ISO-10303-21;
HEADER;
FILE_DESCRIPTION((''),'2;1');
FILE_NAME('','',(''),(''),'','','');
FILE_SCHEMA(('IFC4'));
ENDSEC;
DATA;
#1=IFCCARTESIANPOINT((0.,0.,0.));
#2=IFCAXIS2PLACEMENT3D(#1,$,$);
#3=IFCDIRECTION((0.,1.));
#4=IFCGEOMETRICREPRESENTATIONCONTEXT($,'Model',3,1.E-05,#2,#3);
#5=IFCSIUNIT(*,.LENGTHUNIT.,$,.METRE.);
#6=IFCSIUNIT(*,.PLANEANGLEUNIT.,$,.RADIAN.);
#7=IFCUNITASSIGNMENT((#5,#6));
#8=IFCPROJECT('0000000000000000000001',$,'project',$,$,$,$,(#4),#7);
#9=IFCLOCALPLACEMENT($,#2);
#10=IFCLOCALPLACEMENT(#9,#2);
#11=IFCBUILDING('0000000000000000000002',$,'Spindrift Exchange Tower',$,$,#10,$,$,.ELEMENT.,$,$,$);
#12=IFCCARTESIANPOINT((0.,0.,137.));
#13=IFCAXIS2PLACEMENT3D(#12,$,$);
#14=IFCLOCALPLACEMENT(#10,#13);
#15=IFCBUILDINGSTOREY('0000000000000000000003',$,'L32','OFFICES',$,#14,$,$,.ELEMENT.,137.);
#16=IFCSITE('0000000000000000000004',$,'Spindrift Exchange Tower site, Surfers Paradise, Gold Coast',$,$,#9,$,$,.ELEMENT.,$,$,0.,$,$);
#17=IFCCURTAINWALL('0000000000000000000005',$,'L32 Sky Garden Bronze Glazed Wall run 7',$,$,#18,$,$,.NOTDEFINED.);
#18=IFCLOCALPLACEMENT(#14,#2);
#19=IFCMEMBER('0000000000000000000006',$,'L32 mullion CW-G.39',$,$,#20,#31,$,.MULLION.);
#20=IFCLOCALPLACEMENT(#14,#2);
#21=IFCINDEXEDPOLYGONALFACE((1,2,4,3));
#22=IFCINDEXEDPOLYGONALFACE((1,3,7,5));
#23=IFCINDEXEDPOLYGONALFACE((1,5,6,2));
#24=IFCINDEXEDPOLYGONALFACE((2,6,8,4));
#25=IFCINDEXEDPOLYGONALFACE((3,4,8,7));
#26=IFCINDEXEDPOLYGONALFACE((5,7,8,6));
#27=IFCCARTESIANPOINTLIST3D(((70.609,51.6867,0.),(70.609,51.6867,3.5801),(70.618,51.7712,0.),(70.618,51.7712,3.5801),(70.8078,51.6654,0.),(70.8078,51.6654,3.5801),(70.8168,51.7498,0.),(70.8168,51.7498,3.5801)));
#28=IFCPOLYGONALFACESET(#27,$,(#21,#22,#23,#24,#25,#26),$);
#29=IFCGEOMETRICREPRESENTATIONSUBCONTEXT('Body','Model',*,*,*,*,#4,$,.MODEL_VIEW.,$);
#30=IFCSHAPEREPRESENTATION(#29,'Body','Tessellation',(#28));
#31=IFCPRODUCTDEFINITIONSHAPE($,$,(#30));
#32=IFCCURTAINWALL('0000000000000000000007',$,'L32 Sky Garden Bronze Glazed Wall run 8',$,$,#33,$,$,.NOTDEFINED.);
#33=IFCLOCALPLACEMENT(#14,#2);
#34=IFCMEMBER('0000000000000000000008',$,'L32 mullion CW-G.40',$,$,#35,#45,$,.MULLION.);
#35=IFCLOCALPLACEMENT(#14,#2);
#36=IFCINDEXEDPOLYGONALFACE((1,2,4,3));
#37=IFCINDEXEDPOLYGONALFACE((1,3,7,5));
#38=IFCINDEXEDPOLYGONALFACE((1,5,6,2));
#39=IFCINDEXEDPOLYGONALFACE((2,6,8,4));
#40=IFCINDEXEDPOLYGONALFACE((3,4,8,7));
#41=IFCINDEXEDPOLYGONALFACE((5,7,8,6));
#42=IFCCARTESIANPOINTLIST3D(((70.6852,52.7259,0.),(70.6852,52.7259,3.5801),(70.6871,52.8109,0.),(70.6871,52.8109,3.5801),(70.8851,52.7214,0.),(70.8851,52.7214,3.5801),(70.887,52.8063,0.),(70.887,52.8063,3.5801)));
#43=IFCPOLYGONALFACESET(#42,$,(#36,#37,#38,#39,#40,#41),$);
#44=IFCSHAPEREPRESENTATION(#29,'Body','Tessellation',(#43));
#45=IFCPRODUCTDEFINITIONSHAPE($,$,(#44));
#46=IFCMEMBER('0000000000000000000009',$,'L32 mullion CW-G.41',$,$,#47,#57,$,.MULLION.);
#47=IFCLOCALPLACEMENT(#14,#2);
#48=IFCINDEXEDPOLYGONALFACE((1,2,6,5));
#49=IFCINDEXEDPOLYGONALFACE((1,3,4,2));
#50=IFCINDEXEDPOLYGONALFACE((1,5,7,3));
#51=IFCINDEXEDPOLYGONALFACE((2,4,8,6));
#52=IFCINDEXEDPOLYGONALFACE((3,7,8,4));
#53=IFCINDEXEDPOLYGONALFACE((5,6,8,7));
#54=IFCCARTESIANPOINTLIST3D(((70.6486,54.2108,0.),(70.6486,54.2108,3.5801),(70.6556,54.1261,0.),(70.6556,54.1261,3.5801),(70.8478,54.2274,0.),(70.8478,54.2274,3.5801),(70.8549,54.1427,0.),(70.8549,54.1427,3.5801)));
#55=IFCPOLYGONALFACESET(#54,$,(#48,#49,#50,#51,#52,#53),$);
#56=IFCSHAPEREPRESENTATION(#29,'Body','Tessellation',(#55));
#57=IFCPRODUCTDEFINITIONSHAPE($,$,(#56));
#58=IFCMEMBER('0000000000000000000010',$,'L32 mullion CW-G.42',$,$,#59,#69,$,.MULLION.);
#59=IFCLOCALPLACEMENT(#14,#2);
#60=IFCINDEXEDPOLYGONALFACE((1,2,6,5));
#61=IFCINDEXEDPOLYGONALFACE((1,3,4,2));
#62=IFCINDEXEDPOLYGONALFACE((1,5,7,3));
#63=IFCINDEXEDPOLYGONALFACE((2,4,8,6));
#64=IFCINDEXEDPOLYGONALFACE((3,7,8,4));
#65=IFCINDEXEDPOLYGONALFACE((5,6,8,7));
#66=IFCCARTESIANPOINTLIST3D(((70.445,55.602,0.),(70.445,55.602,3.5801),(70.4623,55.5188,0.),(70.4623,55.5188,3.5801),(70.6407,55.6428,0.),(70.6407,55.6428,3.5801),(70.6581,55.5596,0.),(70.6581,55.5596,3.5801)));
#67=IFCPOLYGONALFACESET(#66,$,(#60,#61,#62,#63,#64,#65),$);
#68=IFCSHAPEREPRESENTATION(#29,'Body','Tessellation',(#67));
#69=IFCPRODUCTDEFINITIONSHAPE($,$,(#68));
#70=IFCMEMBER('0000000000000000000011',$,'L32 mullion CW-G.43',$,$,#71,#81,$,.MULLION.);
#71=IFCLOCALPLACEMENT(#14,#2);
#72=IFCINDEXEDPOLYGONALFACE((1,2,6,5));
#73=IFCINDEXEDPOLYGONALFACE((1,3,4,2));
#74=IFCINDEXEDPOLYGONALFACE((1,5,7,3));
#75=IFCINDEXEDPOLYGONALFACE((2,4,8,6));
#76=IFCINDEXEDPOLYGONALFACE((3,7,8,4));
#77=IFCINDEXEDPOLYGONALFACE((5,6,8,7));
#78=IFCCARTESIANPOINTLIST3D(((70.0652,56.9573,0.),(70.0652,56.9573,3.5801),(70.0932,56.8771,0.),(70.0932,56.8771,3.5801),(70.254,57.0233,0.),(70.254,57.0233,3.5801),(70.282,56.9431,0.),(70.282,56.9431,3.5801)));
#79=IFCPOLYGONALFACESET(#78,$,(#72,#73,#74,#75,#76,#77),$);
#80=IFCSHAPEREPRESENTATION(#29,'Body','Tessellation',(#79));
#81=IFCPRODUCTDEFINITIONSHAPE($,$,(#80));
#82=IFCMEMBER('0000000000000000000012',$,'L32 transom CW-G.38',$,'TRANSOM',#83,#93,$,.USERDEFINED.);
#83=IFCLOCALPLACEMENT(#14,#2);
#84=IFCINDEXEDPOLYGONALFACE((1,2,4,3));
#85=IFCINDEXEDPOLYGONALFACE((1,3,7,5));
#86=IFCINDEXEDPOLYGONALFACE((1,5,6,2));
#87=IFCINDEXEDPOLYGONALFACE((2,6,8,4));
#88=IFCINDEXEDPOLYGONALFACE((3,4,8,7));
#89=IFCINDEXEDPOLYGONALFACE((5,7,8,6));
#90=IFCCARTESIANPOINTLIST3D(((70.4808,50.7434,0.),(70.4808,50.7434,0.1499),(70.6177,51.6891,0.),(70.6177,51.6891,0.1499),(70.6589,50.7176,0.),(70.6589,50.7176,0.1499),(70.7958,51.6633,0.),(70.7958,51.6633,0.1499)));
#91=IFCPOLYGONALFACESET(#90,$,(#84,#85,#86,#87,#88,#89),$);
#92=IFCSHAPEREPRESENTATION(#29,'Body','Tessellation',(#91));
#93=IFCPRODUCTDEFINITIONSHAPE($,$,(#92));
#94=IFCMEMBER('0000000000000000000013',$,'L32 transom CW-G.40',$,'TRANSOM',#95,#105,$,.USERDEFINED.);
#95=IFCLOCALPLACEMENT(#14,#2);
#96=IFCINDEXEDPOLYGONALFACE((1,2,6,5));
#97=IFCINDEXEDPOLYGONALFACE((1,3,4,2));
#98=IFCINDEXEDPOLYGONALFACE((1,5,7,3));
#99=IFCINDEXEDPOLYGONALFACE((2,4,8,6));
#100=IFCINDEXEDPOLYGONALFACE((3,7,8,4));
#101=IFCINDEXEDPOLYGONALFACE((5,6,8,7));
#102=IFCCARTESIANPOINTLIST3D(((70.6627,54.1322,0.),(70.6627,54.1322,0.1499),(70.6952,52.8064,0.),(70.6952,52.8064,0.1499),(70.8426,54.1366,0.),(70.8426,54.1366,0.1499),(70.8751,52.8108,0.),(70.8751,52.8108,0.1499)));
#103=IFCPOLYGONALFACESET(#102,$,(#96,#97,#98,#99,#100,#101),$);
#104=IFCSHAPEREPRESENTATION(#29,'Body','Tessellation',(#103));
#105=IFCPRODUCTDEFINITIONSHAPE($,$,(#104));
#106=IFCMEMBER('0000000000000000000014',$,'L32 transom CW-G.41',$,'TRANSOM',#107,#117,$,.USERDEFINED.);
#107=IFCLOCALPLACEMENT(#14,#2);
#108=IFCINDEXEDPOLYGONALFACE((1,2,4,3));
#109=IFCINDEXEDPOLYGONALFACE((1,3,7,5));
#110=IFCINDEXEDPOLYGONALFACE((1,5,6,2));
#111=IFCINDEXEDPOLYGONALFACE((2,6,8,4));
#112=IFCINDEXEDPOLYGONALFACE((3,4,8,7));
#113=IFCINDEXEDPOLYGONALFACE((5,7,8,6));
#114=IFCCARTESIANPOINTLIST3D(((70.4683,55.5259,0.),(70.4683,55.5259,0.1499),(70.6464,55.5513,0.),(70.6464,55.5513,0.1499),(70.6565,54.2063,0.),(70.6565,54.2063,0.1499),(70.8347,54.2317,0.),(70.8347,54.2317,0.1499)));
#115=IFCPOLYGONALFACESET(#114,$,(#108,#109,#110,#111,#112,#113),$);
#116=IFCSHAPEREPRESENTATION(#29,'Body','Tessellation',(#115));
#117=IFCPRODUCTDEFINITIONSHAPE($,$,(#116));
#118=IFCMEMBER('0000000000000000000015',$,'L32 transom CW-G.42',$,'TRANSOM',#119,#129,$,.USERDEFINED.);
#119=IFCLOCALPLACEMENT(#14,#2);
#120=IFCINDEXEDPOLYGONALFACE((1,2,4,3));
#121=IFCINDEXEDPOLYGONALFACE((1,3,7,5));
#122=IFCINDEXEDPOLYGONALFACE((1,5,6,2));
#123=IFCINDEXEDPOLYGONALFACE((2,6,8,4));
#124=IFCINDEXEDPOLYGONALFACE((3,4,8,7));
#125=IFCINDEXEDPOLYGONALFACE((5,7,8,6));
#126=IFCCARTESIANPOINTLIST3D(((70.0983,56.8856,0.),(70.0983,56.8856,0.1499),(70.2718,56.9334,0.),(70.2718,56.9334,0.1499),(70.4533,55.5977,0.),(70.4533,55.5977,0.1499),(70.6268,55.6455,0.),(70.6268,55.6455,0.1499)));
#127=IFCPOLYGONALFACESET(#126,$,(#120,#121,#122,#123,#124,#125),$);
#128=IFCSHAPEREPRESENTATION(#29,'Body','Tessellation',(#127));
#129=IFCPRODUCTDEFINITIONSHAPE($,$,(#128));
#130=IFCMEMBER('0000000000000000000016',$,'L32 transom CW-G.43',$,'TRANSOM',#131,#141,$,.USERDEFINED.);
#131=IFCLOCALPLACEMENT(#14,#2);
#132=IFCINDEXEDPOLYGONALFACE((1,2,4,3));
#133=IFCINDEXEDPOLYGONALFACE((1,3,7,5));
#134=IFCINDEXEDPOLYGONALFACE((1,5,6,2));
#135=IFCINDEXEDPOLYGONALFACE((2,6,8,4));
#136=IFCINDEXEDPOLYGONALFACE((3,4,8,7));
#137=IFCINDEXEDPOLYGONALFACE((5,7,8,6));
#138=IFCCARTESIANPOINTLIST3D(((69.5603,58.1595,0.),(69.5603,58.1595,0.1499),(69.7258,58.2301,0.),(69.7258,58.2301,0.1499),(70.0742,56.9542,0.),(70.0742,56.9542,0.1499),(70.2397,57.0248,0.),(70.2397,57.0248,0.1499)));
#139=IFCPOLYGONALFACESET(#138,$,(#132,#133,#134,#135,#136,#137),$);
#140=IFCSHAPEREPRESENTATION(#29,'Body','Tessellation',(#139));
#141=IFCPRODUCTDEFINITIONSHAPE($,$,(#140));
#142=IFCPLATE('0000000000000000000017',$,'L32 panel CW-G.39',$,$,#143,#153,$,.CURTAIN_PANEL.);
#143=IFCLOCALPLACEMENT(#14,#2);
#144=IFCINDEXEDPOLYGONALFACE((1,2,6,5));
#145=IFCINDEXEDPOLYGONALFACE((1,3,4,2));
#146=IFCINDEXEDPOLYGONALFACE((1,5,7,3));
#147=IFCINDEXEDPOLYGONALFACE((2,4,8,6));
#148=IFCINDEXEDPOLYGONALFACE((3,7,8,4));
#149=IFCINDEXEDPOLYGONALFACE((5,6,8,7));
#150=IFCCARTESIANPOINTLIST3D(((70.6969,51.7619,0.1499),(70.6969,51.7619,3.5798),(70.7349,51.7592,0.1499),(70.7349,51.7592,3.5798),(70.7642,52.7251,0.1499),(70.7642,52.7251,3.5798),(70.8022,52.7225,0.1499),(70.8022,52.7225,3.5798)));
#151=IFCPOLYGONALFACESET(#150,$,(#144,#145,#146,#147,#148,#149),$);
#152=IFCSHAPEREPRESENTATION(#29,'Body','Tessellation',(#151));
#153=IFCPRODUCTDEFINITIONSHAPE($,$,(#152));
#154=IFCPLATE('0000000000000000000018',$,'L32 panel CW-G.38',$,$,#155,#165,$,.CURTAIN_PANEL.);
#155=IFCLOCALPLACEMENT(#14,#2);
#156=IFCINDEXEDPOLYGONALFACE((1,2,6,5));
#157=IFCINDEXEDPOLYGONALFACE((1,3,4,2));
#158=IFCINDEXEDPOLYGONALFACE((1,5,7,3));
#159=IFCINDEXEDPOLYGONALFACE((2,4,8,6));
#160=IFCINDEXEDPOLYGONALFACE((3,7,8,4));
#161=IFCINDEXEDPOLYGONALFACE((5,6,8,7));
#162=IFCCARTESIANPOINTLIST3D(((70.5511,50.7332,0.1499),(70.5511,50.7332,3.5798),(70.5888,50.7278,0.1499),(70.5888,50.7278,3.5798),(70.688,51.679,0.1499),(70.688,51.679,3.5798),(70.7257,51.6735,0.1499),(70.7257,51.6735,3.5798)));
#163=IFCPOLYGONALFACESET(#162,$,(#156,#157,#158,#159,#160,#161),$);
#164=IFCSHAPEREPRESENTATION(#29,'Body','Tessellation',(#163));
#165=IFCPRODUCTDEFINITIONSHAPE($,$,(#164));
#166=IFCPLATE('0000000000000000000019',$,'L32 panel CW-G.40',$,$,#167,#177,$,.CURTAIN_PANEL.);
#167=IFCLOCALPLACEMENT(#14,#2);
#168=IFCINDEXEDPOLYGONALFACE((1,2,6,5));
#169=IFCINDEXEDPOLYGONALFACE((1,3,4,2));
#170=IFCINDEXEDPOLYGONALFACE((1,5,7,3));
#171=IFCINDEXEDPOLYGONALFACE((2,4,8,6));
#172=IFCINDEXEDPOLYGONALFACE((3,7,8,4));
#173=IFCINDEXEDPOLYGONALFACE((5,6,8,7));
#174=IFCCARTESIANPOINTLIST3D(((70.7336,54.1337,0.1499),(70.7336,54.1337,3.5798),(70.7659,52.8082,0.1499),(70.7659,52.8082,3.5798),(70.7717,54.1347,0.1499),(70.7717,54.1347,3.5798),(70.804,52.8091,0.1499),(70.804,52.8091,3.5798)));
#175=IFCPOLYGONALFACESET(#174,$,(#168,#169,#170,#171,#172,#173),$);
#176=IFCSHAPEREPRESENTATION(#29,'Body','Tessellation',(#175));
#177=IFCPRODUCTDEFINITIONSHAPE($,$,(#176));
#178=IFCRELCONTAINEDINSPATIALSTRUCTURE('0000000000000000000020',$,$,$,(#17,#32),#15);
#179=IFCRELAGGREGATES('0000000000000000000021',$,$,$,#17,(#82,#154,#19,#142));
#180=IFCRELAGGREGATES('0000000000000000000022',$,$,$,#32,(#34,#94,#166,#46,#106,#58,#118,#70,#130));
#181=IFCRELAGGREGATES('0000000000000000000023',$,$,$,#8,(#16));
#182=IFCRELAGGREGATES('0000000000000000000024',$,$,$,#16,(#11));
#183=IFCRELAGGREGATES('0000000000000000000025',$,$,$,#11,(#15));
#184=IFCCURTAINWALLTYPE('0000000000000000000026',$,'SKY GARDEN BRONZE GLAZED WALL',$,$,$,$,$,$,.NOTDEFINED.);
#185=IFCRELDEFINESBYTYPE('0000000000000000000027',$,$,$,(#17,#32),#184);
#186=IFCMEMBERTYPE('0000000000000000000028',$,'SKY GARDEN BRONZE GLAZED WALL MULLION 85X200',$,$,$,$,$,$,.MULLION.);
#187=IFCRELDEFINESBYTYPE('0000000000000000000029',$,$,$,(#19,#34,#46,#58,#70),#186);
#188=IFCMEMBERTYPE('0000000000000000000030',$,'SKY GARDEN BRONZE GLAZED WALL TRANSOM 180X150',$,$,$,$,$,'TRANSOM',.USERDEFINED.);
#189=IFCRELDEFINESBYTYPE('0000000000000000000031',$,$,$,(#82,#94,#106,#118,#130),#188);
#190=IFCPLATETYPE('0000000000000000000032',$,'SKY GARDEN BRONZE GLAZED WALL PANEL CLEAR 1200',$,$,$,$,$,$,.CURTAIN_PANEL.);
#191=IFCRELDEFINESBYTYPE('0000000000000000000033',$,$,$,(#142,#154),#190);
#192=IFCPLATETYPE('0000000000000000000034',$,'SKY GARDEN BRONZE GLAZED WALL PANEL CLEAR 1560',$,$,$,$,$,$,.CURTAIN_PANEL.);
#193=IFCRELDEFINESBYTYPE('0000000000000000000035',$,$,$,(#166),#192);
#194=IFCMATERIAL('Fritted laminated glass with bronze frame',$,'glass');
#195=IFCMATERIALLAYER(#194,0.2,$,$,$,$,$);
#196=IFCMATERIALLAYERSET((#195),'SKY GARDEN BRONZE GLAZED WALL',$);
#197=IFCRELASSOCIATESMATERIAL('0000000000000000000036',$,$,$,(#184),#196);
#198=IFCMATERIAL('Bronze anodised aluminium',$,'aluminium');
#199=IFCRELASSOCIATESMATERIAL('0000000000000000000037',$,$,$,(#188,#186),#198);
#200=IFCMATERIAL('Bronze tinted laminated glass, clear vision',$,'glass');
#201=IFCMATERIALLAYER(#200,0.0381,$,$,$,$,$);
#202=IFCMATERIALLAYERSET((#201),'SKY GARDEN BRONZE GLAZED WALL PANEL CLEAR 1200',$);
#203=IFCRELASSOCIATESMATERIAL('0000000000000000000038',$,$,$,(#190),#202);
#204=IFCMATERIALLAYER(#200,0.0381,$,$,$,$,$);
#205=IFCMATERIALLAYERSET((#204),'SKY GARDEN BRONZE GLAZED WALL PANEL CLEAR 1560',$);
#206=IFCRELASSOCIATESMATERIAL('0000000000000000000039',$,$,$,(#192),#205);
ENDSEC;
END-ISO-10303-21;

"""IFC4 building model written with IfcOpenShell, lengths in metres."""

from ifc_helpers import new_model, si_unit, direction, frame, origin, origin_2d, place, context, subcontext, project, spatial, rectangle, extrude, source, transform, mapped, material, layer, layer_set, material_profile, profile_set, type_object, element, aggregate, save


model = new_model("IFC4")

# Units and contexts
model_context = context("Model", 3, precision=1e-05, world=origin(), true_north=direction((0.0, 1.0)))
body_context = subcontext(model_context, "Body", "Model", "MODEL_VIEW")
ifc_project = project(units=[si_unit("LENGTHUNIT", "METRE"), si_unit("PLANEANGLEUNIT", "RADIAN")], contexts=[model_context])

# Site, building, storey
site_placement = place(None, origin())
site = spatial("IfcSite", under=ifc_project, at=site_placement, Name="Spindrift Exchange Tower site, Surfers Paradise, Gold Coast", CompositionType="ELEMENT", RefElevation=0.0)
building_placement = place(site_placement, origin())
building = spatial("IfcBuilding", under=site, at=building_placement, Name="Spindrift Exchange Tower", CompositionType="ELEMENT")
storey_placement = place(building_placement, frame((0.0, 0.0, 137.0)))
storey = spatial("IfcBuildingStorey", under=building, at=storey_placement, Name="L32", Description="OFFICES", CompositionType="ELEMENT", Elevation=137.0)

# Curtain walls, members
ifc_material_1 = material(Name="Fritted laminated glass with bronze frame", Category="glass")
ifc_layer_1 = layer(ifc_material_1, 0.2)
ifc_layer_set_1 = layer_set([ifc_layer_1], Name="SKY GARDEN BRONZE GLAZED WALL")
curtain_wall_type = type_object("IfcCurtainWallType", Name="SKY GARDEN BRONZE GLAZED WALL", PredefinedType="NOTDEFINED", material=ifc_layer_set_1)
curtain_wall_1_placement = place(storey_placement, origin())
curtain_wall_1 = element("IfcCurtainWall", 1, at=curtain_wall_1_placement, inside=storey, type_object=curtain_wall_type, Name="L32 Sky Garden Bronze Glazed Wall run 7", PredefinedType="NOTDEFINED")
ifc_material_2 = material(Name="Bronze anodised aluminium", Category="aluminium")
ifc_material_profile_1 = material_profile(ifc_material_2, rectangle(XDim=0.1799, YDim=0.1499, at=origin_2d()), Name="SKY GARDEN BRONZE GLAZED WALL TRANSOM 180X150")
ifc_profile_set_1 = profile_set([ifc_material_profile_1], Name="Bronze anodised aluminium")
member_type_1 = type_object("IfcMemberType", Name="SKY GARDEN BRONZE GLAZED WALL TRANSOM 180X150", ElementType="TRANSOM", PredefinedType="USERDEFINED", material=ifc_profile_set_1)
ifc_material_profile_2 = material_profile(ifc_material_2, rectangle(XDim=0.085, YDim=0.2, at=origin_2d()), Name="SKY GARDEN BRONZE GLAZED WALL MULLION 85X200")
ifc_profile_set_2 = profile_set([ifc_material_profile_2], Name="Bronze anodised aluminium")
member_type_2 = type_object("IfcMemberType", Name="SKY GARDEN BRONZE GLAZED WALL MULLION 85X200", PredefinedType="MULLION", material=ifc_profile_set_2)
shared_shape_1 = source(origin(), body_context, "Body", "SweptSolid", [
    extrude(rectangle(XDim=0.085, YDim=0.2, at=origin_2d()), origin(), (0.0, 0.0, 1.0), 3.5801),
])
member_1_placement = place(storey_placement, frame((70.7129, 51.7183, 0.0), z_axis=(0.0, 0.0, 1.0), x_axis=(0.106554, 0.994307, 0.0)))
member_1 = element("IfcMember", 2, at=member_1_placement, type_object=member_type_2, Name="L32 mullion CW-G.39", PredefinedType="MULLION", context=body_context, shape_type="MappedRepresentation", body=[
    mapped(shared_shape_1, transform((0.0, 0.0, 0.0), scale=1.0)),
])
curtain_wall_2_placement = place(storey_placement, origin())
curtain_wall_2 = element("IfcCurtainWall", 3, at=curtain_wall_2_placement, inside=storey, type_object=curtain_wall_type, Name="L32 Sky Garden Bronze Glazed Wall run 8", PredefinedType="NOTDEFINED")
member_2_placement = place(storey_placement, frame((70.7861, 52.7661, 0.0), z_axis=(0.0, 0.0, 1.0), x_axis=(0.022677, 0.999743, 0.0)))
member_2 = element("IfcMember", 4, at=member_2_placement, type_object=member_type_2, Name="L32 mullion CW-G.40", PredefinedType="MULLION", context=body_context, shape_type="MappedRepresentation", body=[
    mapped(shared_shape_1, transform((0.0, 0.0, 0.0), scale=1.0)),
])
member_3_placement = place(storey_placement, frame((70.7517, 54.1768, 0.0), z_axis=(0.0, 0.0, 1.0), x_axis=(-0.082954, 0.996553, 0.0)))
member_3 = element("IfcMember", 5, at=member_3_placement, type_object=member_type_2, Name="L32 mullion CW-G.41", PredefinedType="MULLION", context=body_context, shape_type="MappedRepresentation", body=[
    mapped(shared_shape_1, transform((0.0, 0.0, 0.0), scale=1.0)),
])
member_4_placement = place(storey_placement, frame((70.5515, 55.5808, 0.0), z_axis=(0.0, 0.0, 1.0), x_axis=(-0.20396, 0.978979, 0.0)))
member_4 = element("IfcMember", 6, at=member_4_placement, type_object=member_type_2, Name="L32 mullion CW-G.42", PredefinedType="MULLION", context=body_context, shape_type="MappedRepresentation", body=[
    mapped(shared_shape_1, transform((0.0, 0.0, 0.0), scale=1.0)),
])
member_5_placement = place(storey_placement, frame((70.1736, 56.9502, 0.0), z_axis=(0.0, 0.0, 1.0), x_axis=(-0.329803, 0.94405, 0.0)))
member_5 = element("IfcMember", 7, at=member_5_placement, type_object=member_type_2, Name="L32 mullion CW-G.43", PredefinedType="MULLION", context=body_context, shape_type="MappedRepresentation", body=[
    mapped(shared_shape_1, transform((0.0, 0.0, 0.0), scale=1.0)),
])

# Members
shared_shape_2 = source(origin(), body_context, "Body", "SweptSolid", [
    extrude(rectangle(XDim=0.1799, YDim=0.1499, at=origin_2d()), origin(), (0.0, 0.0, 1.0), 0.9556),
])
member_6_placement = place(storey_placement, frame((70.5698, 50.7305, 0.075), z_axis=(0.143317, 0.989677, 0.0), x_axis=(-0.989677, 0.143317, 0.0)))
member_6 = element("IfcMember", 8, at=member_6_placement, type_object=member_type_1, Name="L32 transom CW-G.38", ObjectType="TRANSOM", PredefinedType="USERDEFINED", context=body_context, shape_type="MappedRepresentation", body=[
    mapped(shared_shape_2, transform((0.0, 0.0, 0.0), scale=1.0)),
])
shared_shape_3 = source(origin(), body_context, "Body", "SweptSolid", [
    extrude(rectangle(XDim=0.1799, YDim=0.1499, at=origin_2d()), origin(), (0.0, 0.0, 1.0), 1.3262),
])
member_7_placement = place(storey_placement, frame((70.7852, 52.8086, 0.075), z_axis=(-0.024486, 0.9997, 0.0), x_axis=(-0.9997, -0.024486, 0.0)))
member_7 = element("IfcMember", 9, at=member_7_placement, type_object=member_type_1, Name="L32 transom CW-G.40", ObjectType="TRANSOM", PredefinedType="USERDEFINED", context=body_context, shape_type="MappedRepresentation", body=[
    mapped(shared_shape_3, transform((0.0, 0.0, 0.0), scale=1.0)),
])
shared_shape_4 = source(origin(), body_context, "Body", "SweptSolid", [
    extrude(rectangle(XDim=0.1799, YDim=0.1499, at=origin_2d()), origin(), (0.0, 0.0, 1.0), 1.333),
])
member_8_placement = place(storey_placement, frame((70.7456, 54.219, 0.075), z_axis=(-0.141216, 0.989979, 0.0), x_axis=(-0.989979, -0.141216, 0.0)))
member_8 = element("IfcMember", 10, at=member_8_placement, type_object=member_type_1, Name="L32 transom CW-G.41", ObjectType="TRANSOM", PredefinedType="USERDEFINED", context=body_context, shape_type="MappedRepresentation", body=[
    mapped(shared_shape_4, transform((0.0, 0.0, 0.0), scale=1.0)),
])
shared_shape_5 = source(origin(), body_context, "Body", "SweptSolid", [
    extrude(rectangle(XDim=0.1799, YDim=0.1499, at=origin_2d()), origin(), (0.0, 0.0, 1.0), 1.3359),
])
member_9_placement = place(storey_placement, frame((70.54, 55.6216, 0.075), z_axis=(-0.26573, 0.964048, 0.0), x_axis=(-0.964048, -0.26573, 0.0)))
member_9 = element("IfcMember", 11, at=member_9_placement, type_object=member_type_1, Name="L32 transom CW-G.42", ObjectType="TRANSOM", PredefinedType="USERDEFINED", context=body_context, shape_type="MappedRepresentation", body=[
    mapped(shared_shape_5, transform((0.0, 0.0, 0.0), scale=1.0)),
])
shared_shape_6 = source(origin(), body_context, "Body", "SweptSolid", [
    extrude(rectangle(XDim=0.1799, YDim=0.1499, at=origin_2d()), origin(), (0.0, 0.0, 1.0), 1.3103),
])
member_10_placement = place(storey_placement, frame((70.157, 56.9895, 0.075), z_axis=(-0.39221, 0.919876, 0.0), x_axis=(-0.919876, -0.39221, 0.0)))
member_10 = element("IfcMember", 12, at=member_10_placement, type_object=member_type_1, Name="L32 transom CW-G.43", ObjectType="TRANSOM", PredefinedType="USERDEFINED", context=body_context, shape_type="MappedRepresentation", body=[
    mapped(shared_shape_6, transform((0.0, 0.0, 0.0), scale=1.0)),
])

# Plates
ifc_material_3 = material(Name="Bronze tinted laminated glass, clear vision", Category="glass")
ifc_layer_2 = layer(ifc_material_3, 0.0381)
ifc_layer_set_2 = layer_set([ifc_layer_2], Name="SKY GARDEN BRONZE GLAZED WALL PANEL CLEAR 1200")
plate_type_1 = type_object("IfcPlateType", Name="SKY GARDEN BRONZE GLAZED WALL PANEL CLEAR 1200", PredefinedType="CURTAIN_PANEL", material=ifc_layer_set_2)
shared_shape_7 = source(origin(), body_context, "Body", "SweptSolid", [
    extrude(rectangle(XDim=0.9656, YDim=0.0381, at=origin_2d()), origin(), (0.0, 0.0, 1.0), 3.4299),
])
plate_1_placement = place(storey_placement, frame((70.7495, 52.2422, 0.1499), z_axis=(0.0, 0.0, 1.0), x_axis=(0.069683, 0.997569, 0.0)))
plate_1 = element("IfcPlate", 13, at=plate_1_placement, type_object=plate_type_1, Name="L32 panel CW-G.39", PredefinedType="CURTAIN_PANEL", context=body_context, shape_type="MappedRepresentation", body=[
    mapped(shared_shape_7, transform((0.0, 0.0, 0.0), scale=1.0)),
])
shared_shape_8 = source(origin(), body_context, "Body", "SweptSolid", [
    extrude(rectangle(XDim=0.9556, YDim=0.0381, at=origin_2d()), origin(), (0.0, 0.0, 1.0), 3.4299),
])
plate_2_placement = place(storey_placement, frame((70.6384, 51.2034, 0.1499), z_axis=(0.0, 0.0, 1.0), x_axis=(0.143278, 0.989682, 0.0)))
plate_2 = element("IfcPlate", 14, at=plate_2_placement, type_object=plate_type_1, Name="L32 panel CW-G.38", PredefinedType="CURTAIN_PANEL", context=body_context, shape_type="MappedRepresentation", body=[
    mapped(shared_shape_8, transform((0.0, 0.0, 0.0), scale=1.0)),
])
aggregate(curtain_wall_1, [member_6, plate_2, member_1, plate_1])
ifc_layer_3 = layer(ifc_material_3, 0.0381)
ifc_layer_set_3 = layer_set([ifc_layer_3], Name="SKY GARDEN BRONZE GLAZED WALL PANEL CLEAR 1560")
plate_type_2 = type_object("IfcPlateType", Name="SKY GARDEN BRONZE GLAZED WALL PANEL CLEAR 1560", PredefinedType="CURTAIN_PANEL", material=ifc_layer_set_3)
shared_shape_9 = source(origin(), body_context, "Body", "SweptSolid", [
    extrude(rectangle(XDim=1.3259, YDim=0.0381, at=origin_2d()), origin(), (0.0, 0.0, 1.0), 3.4299),
])
plate_3_placement = place(storey_placement, frame((70.7688, 53.4714, 0.1499), z_axis=(0.0, 0.0, 1.0), x_axis=(-0.02438, 0.999703, 0.0)))
plate_3 = element("IfcPlate", 15, at=plate_3_placement, type_object=plate_type_2, Name="L32 panel CW-G.40", PredefinedType="CURTAIN_PANEL", context=body_context, shape_type="MappedRepresentation", body=[
    mapped(shared_shape_9, transform((0.0, 0.0, 0.0), scale=1.0)),
])
aggregate(curtain_wall_2, [member_2, member_7, plate_3, member_3, member_8, member_4, member_9, member_5, member_10])

save(model, "model.ifc")
